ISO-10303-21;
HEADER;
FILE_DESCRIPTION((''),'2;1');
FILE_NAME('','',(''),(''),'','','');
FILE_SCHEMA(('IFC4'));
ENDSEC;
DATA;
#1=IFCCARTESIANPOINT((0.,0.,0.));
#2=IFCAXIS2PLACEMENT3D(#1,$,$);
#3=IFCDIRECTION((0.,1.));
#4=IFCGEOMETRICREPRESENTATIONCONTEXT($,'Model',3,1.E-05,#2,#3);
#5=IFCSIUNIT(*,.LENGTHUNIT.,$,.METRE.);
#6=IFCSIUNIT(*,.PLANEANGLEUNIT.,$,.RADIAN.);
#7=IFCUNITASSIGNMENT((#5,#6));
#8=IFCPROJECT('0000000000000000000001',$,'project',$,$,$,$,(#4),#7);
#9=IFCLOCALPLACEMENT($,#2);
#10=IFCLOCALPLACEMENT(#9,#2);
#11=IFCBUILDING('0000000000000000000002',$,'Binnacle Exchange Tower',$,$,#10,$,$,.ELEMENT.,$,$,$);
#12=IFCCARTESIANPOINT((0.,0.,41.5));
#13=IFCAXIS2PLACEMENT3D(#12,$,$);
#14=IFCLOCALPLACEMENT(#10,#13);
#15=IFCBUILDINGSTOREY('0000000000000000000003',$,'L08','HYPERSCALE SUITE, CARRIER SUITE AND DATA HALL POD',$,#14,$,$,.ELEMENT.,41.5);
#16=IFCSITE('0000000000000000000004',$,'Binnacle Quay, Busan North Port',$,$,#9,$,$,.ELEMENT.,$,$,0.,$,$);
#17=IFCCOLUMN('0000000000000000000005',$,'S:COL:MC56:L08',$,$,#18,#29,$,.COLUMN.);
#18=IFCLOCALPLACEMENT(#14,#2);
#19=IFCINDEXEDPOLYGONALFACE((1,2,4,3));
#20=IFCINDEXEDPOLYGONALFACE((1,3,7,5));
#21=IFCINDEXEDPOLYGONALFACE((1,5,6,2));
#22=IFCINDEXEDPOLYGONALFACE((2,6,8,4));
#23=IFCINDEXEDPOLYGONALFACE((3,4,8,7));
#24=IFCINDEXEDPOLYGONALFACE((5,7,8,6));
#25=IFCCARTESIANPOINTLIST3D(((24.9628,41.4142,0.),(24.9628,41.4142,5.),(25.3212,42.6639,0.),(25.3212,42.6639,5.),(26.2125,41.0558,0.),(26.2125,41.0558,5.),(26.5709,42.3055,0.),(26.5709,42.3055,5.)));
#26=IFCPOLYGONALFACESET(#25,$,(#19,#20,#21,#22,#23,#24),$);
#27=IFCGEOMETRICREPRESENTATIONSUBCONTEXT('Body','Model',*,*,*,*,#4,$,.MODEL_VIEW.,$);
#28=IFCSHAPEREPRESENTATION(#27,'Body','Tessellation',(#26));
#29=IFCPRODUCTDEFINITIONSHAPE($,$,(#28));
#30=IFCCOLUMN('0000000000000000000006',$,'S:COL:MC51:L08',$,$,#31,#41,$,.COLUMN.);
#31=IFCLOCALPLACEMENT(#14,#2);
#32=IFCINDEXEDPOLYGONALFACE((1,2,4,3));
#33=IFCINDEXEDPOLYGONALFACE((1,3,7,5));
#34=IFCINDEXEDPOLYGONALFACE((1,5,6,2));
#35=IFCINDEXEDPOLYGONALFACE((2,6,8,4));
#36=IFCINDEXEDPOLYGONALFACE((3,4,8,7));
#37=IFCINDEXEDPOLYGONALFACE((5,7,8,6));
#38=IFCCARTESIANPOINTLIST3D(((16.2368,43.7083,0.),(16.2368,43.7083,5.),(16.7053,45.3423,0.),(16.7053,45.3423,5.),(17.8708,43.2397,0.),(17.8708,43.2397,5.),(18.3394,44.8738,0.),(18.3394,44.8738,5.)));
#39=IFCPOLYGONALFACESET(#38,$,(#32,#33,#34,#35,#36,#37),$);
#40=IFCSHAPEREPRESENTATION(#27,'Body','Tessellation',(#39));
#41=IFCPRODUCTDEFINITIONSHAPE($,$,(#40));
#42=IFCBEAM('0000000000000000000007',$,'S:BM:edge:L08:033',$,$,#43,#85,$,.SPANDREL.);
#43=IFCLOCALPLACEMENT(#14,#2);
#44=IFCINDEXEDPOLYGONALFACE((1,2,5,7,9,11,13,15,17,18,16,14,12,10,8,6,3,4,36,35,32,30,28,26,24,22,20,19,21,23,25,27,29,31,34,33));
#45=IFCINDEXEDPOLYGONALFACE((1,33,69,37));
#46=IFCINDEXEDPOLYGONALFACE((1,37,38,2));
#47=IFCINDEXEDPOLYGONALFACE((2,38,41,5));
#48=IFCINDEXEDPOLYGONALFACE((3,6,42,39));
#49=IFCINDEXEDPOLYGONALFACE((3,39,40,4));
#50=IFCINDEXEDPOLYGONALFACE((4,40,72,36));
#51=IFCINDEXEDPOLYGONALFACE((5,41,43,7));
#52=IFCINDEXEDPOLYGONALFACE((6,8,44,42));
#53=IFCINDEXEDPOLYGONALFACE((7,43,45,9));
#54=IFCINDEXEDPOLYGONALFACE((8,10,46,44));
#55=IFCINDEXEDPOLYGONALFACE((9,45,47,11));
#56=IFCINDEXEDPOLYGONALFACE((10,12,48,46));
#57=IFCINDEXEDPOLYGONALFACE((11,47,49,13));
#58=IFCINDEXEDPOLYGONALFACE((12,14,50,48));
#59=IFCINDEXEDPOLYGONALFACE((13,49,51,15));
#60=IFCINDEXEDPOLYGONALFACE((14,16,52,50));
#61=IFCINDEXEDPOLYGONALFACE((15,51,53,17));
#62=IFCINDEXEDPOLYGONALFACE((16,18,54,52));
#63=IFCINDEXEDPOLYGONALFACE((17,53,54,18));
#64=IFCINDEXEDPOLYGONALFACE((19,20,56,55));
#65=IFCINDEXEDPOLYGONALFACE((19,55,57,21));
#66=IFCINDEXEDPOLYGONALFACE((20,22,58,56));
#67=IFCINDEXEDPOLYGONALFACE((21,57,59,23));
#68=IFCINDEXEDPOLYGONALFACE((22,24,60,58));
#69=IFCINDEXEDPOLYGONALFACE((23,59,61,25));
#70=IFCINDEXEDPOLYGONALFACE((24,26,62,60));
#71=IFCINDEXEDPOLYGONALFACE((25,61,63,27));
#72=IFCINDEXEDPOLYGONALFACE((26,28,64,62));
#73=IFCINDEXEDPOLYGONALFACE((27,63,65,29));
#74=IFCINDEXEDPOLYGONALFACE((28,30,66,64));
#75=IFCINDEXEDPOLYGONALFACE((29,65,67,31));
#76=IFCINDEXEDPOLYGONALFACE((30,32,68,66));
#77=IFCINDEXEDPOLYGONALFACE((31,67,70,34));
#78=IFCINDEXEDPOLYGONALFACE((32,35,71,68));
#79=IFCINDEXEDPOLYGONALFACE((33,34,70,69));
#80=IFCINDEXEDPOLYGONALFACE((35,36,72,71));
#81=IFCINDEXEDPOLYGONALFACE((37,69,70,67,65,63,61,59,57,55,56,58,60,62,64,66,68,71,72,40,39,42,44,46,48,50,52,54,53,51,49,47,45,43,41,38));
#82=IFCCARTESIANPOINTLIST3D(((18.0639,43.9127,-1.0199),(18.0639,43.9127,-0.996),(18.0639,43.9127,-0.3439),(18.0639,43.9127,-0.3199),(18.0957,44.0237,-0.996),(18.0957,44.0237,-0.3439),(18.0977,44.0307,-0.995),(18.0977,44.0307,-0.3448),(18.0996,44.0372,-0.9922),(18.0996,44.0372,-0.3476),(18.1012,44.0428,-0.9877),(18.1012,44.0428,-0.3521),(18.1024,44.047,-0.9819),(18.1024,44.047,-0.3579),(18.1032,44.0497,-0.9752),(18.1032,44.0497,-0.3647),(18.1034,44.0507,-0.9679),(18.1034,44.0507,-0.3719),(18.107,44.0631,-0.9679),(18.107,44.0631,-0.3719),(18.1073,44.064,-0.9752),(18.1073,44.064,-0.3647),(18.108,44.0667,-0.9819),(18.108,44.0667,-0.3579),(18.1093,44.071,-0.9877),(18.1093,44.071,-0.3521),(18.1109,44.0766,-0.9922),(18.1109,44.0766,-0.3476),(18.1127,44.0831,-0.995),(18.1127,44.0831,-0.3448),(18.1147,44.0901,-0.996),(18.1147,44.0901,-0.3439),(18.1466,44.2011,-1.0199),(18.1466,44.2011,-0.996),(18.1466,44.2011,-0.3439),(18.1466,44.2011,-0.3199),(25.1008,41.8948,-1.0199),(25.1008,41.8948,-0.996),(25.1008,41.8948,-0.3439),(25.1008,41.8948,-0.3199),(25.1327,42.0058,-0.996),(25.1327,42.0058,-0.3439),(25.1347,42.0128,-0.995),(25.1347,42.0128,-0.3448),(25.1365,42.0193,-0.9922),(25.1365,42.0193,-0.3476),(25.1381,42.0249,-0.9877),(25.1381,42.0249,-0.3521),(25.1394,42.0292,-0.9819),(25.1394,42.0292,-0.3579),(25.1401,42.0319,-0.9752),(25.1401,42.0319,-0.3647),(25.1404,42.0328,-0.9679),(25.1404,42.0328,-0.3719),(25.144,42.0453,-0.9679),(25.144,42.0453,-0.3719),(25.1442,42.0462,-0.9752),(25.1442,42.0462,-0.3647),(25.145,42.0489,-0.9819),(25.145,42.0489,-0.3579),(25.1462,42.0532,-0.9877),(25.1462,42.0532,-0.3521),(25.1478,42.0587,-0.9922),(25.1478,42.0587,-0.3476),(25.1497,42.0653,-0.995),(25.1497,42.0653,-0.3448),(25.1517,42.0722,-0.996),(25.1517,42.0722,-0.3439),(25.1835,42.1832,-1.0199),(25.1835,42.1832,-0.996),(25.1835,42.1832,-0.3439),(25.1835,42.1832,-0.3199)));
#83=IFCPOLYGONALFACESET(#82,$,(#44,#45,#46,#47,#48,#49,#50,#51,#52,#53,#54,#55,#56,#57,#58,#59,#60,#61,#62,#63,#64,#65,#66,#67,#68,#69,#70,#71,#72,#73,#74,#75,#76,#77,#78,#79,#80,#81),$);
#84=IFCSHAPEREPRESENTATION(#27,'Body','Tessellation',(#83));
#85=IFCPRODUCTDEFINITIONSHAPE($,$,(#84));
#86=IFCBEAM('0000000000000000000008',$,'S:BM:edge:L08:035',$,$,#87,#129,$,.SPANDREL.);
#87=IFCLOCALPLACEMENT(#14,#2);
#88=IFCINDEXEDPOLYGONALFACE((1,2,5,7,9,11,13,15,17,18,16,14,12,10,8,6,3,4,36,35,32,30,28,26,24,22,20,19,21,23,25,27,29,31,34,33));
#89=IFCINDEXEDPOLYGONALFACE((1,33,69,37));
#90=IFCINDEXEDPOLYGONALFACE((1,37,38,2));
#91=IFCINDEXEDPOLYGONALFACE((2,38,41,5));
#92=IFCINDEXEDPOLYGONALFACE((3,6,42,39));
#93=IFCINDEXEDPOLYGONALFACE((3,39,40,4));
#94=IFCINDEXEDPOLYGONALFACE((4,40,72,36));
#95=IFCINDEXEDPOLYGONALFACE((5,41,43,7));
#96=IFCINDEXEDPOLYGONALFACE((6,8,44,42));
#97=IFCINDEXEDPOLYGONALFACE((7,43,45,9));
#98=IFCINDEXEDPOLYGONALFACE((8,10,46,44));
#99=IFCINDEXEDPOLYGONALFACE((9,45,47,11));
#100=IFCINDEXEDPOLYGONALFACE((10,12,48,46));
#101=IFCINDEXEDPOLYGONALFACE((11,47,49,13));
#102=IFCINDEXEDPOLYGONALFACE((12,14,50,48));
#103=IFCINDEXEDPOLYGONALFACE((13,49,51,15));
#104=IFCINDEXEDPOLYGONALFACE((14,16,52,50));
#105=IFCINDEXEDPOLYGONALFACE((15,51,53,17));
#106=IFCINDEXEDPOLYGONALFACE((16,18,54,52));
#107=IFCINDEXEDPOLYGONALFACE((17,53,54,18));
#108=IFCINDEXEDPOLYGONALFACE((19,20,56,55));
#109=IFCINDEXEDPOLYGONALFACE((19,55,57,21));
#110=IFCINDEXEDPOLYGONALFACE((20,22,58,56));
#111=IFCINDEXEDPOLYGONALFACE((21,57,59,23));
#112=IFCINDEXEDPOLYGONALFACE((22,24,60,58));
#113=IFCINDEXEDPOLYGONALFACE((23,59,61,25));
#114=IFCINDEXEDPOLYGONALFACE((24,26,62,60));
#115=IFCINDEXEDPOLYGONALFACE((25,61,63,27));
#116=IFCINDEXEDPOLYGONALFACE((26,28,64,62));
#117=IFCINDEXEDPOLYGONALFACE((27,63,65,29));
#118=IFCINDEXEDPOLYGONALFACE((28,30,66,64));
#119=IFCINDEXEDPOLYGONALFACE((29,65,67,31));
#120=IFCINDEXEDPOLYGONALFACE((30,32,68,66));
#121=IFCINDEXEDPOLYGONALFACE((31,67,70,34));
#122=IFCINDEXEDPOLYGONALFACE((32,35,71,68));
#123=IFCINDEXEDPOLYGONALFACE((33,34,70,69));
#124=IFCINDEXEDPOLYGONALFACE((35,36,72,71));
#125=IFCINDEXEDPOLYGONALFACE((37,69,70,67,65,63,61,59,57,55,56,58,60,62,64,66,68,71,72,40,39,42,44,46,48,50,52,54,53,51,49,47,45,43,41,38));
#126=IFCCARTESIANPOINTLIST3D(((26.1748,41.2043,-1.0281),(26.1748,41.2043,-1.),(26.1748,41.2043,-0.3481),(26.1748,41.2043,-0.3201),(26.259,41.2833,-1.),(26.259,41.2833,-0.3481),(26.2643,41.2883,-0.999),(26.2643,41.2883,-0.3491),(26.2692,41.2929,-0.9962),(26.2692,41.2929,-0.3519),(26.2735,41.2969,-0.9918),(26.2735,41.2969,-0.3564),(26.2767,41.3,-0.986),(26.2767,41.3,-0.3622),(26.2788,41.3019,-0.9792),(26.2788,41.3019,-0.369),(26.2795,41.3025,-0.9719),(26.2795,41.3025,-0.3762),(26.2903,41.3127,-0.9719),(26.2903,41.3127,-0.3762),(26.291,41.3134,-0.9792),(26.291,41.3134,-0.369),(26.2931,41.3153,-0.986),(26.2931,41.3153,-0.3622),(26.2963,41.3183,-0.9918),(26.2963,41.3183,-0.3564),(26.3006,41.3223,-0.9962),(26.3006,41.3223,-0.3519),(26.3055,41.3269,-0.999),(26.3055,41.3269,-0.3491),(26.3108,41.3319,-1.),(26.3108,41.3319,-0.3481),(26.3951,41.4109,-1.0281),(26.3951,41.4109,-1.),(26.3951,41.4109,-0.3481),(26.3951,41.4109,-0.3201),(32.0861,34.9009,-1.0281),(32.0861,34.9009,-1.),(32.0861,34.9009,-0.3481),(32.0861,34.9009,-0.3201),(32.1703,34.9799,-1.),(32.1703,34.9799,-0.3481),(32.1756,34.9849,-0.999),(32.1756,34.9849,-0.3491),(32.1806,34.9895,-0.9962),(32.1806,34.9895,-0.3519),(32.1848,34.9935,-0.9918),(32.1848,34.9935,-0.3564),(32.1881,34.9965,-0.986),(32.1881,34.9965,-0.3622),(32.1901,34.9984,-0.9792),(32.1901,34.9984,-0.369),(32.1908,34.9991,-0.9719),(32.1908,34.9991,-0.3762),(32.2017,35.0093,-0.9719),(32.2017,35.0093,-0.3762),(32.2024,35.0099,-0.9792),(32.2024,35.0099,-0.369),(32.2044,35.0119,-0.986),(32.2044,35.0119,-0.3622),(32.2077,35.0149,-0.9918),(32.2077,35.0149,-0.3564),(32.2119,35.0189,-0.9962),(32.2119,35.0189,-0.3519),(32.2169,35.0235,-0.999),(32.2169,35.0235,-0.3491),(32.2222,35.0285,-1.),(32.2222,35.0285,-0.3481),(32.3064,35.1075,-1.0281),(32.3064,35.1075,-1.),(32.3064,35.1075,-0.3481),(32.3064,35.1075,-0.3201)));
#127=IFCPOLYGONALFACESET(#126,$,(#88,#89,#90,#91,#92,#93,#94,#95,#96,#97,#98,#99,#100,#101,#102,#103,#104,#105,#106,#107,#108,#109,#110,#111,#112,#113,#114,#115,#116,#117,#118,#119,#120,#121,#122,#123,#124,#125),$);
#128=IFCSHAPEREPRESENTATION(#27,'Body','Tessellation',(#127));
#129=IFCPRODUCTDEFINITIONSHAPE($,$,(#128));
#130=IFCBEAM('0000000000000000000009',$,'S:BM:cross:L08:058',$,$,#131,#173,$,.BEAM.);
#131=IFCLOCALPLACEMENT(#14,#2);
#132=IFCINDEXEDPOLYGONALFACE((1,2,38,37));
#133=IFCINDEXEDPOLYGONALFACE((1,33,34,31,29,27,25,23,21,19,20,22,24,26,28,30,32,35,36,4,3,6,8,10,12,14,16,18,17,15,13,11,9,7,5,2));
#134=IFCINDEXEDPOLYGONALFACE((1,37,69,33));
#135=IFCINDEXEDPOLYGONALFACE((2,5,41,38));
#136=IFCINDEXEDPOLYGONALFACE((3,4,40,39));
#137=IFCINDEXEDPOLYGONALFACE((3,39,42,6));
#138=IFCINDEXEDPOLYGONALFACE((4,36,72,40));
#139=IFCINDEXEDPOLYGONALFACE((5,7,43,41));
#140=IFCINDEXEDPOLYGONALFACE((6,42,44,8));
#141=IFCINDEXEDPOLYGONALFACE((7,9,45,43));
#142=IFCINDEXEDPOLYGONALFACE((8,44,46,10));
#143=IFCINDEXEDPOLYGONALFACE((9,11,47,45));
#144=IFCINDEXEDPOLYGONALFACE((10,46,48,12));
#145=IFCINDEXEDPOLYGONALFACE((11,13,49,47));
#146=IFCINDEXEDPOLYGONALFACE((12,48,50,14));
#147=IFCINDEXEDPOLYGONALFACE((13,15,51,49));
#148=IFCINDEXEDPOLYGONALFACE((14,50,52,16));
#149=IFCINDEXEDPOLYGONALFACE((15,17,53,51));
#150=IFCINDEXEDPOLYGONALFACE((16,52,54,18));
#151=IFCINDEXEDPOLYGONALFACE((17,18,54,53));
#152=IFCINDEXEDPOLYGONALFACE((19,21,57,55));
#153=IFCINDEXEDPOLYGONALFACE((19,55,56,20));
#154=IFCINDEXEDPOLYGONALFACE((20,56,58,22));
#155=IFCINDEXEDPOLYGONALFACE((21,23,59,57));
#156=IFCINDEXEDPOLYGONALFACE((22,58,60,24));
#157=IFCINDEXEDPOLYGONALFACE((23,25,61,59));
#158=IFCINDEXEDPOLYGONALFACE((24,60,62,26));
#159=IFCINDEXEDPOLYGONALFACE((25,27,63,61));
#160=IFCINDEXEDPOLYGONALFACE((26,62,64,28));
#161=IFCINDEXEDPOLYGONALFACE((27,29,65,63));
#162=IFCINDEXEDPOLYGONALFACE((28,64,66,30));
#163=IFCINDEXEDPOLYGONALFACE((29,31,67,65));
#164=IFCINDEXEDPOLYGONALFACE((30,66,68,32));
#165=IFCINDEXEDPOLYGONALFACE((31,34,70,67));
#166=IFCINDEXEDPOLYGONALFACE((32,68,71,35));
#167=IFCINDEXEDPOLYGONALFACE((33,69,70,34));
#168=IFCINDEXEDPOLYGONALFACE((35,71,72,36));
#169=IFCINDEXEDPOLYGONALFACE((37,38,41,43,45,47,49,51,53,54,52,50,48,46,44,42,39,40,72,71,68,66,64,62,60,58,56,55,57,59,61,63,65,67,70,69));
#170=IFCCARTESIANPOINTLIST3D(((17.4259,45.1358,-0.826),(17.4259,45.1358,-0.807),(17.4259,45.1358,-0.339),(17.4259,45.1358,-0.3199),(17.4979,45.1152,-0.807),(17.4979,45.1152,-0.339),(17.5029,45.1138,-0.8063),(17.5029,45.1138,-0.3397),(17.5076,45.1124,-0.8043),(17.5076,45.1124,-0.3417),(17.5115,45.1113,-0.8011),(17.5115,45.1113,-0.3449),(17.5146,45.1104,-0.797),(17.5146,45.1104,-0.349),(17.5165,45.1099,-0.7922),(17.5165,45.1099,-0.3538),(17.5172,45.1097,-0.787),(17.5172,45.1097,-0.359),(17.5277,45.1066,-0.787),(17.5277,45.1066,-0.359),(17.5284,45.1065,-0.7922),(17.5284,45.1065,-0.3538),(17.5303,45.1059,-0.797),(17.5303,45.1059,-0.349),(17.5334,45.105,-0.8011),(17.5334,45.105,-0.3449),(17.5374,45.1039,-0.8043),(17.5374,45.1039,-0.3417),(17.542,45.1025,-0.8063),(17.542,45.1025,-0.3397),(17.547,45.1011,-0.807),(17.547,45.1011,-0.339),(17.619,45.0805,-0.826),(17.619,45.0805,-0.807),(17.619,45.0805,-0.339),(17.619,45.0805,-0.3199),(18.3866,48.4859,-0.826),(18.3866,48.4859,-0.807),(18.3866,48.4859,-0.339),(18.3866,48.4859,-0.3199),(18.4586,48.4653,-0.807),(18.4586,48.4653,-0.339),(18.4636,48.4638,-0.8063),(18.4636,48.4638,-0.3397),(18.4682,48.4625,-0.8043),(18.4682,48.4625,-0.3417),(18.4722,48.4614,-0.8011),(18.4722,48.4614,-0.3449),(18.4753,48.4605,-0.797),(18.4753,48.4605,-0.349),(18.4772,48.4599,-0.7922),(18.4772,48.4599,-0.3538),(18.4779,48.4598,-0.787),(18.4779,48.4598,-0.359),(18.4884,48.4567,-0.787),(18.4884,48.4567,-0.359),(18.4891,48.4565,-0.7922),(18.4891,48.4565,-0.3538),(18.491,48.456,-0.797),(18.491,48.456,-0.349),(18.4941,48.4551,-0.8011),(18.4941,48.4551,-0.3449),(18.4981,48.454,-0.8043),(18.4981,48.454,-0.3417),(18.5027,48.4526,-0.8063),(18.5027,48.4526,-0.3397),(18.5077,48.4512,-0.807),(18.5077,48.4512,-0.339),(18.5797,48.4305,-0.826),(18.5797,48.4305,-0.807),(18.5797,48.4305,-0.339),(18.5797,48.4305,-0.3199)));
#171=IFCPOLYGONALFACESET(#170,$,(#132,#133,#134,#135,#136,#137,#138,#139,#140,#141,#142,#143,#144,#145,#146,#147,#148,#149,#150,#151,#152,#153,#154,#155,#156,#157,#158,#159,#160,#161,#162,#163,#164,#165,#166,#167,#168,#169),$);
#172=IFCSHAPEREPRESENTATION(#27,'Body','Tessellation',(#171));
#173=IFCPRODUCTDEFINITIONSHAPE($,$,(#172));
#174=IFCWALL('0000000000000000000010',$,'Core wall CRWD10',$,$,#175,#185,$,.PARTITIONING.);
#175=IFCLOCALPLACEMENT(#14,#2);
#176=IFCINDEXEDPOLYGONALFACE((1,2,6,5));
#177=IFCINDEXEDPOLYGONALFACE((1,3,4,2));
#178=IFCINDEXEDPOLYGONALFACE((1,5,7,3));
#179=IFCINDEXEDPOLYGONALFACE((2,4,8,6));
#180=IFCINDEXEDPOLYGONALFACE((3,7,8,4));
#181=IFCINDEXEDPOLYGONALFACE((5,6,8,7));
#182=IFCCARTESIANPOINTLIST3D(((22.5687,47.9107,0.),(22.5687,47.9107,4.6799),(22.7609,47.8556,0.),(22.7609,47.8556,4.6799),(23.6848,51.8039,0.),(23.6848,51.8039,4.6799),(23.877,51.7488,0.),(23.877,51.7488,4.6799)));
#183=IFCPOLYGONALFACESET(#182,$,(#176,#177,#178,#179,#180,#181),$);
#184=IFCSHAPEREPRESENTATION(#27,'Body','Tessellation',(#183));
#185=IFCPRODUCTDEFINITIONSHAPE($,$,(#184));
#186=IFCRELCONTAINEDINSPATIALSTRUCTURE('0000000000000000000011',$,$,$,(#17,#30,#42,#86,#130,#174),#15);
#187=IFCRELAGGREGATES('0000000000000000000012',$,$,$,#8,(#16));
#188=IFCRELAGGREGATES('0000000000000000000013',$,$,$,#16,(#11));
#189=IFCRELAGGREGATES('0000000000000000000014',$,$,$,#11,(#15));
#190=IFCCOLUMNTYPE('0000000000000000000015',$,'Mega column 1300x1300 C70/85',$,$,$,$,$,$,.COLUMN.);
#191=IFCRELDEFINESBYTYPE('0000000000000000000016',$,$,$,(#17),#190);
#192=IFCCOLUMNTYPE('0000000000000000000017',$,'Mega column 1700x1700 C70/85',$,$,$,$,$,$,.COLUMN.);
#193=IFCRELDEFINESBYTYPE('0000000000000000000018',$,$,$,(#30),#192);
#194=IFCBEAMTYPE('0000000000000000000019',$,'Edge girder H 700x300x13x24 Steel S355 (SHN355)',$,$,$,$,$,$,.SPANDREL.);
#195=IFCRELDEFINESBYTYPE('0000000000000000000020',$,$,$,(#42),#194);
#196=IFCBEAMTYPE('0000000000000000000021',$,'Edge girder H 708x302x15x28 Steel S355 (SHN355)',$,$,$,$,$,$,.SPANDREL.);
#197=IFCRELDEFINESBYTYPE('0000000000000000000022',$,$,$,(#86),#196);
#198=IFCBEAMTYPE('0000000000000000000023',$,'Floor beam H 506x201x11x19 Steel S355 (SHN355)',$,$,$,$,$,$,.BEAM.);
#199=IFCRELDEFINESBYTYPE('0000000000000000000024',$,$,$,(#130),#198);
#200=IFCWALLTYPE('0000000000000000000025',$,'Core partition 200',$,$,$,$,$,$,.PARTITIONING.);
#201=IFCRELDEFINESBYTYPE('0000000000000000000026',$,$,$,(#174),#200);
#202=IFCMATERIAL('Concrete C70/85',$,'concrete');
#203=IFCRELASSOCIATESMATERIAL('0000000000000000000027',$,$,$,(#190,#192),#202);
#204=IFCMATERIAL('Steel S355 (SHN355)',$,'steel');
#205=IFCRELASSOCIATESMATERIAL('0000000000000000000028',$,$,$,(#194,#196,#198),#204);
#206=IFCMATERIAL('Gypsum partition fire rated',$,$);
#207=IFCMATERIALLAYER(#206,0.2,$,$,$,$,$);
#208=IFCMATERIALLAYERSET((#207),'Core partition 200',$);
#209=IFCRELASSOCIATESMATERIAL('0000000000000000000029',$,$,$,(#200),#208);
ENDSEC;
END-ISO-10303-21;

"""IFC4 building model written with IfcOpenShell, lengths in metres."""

from ifc_helpers import new_model, si_unit, direction, frame, frame_2d, origin, origin_2d, place, context, subcontext, project, spatial, rectangle, i_section, extrude, material, layer, layer_set, material_profile, profile_set, type_object, element, save


model = new_model("IFC4")

# Units and contexts
model_context = context("Model", 3, precision=1e-05, world=origin(), true_north=direction((0.0, 1.0)))
body_context = subcontext(model_context, "Body", "Model", "MODEL_VIEW")
ifc_project = project(units=[si_unit("LENGTHUNIT", "METRE"), si_unit("PLANEANGLEUNIT", "RADIAN")], contexts=[model_context])

# Site, building, storey
site_placement = place(None, origin())
site = spatial("IfcSite", under=ifc_project, at=site_placement, Name="Binnacle Quay, Busan North Port", CompositionType="ELEMENT", RefElevation=0.0)
building_placement = place(site_placement, origin())
building = spatial("IfcBuilding", under=site, at=building_placement, Name="Binnacle Exchange Tower", CompositionType="ELEMENT")
storey_placement = place(building_placement, frame((0.0, 0.0, 41.5)))
storey = spatial("IfcBuildingStorey", under=building, at=storey_placement, Name="L08", Description="HYPERSCALE SUITE, CARRIER SUITE AND DATA HALL POD", CompositionType="ELEMENT", Elevation=41.5)

# Columns
ifc_material_1 = material(Name="Concrete C70/85", Category="concrete")
ifc_material_profile_1 = material_profile(ifc_material_1, rectangle(XDim=1.3, YDim=1.3, at=origin_2d()), Name="Mega column 1300x1300 C70/85")
ifc_profile_set_1 = profile_set([ifc_material_profile_1], Name="Concrete C70/85")
column_type_1 = type_object("IfcColumnType", Name="Mega column 1300x1300 C70/85", PredefinedType="COLUMN", material=ifc_profile_set_1)
column_1_placement = place(storey_placement, frame((25.7668, 41.8599, 0.0), z_axis=(0.0, 0.0, 1.0), x_axis=(0.961262, -0.275637, 0.0)))
element("IfcColumn", 1, at=column_1_placement, inside=storey, type_object=column_type_1, Name="S:COL:MC56:L08", PredefinedType="COLUMN", context=body_context, shape_type="SweptSolid", body=[
    extrude(rectangle(XDim=1.3, YDim=1.3, at=origin_2d()), origin(), (0.0, 0.0, 1.0), 5.0),
])
ifc_material_profile_2 = material_profile(ifc_material_1, rectangle(XDim=1.7, YDim=1.7, at=origin_2d()), Name="Mega column 1700x1700 C70/85")
ifc_profile_set_2 = profile_set([ifc_material_profile_2], Name="Concrete C70/85")
column_type_2 = type_object("IfcColumnType", Name="Mega column 1700x1700 C70/85", PredefinedType="COLUMN", material=ifc_profile_set_2)
column_2_placement = place(storey_placement, frame((17.2881, 44.291, 0.0), z_axis=(0.0, 0.0, 1.0), x_axis=(0.961262, -0.275637, 0.0)))
element("IfcColumn", 2, at=column_2_placement, inside=storey, type_object=column_type_2, Name="S:COL:MC51:L08", PredefinedType="COLUMN", context=body_context, shape_type="SweptSolid", body=[
    extrude(rectangle(XDim=1.7, YDim=1.7, at=origin_2d()), origin(), (0.0, 0.0, 1.0), 5.0),
])

# Beams
ifc_material_2 = material(Name="Steel S355 (SHN355)", Category="steel")
ifc_material_profile_3 = material_profile(ifc_material_2, i_section(OverallWidth=0.3, OverallDepth=0.7, WebThickness=0.0129, FlangeThickness=0.0239, FilletRadius=0.0281, at=origin_2d()), Name="H 700x300x13x24")
ifc_profile_set_3 = profile_set([ifc_material_profile_3], Name="Steel S355 (SHN355)")
beam_type_1 = type_object("IfcBeamType", Name="Edge girder H 700x300x13x24 Steel S355 (SHN355)", PredefinedType="SPANDREL", material=ifc_profile_set_3)
beam_1_placement = place(storey_placement, frame((18.1052, 44.0569, -0.6699), z_axis=(0.96126, -0.275642, 0.0), x_axis=(0.275642, 0.96126, 0.0)))
element("IfcBeam", 3, at=beam_1_placement, inside=storey, type_object=beam_type_1, Name="S:BM:edge:L08:033", PredefinedType="SPANDREL", context=body_context, shape_type="SweptSolid", body=[
    extrude(i_section(OverallWidth=0.3, OverallDepth=0.7, WebThickness=0.0129, FlangeThickness=0.0239, FilletRadius=0.0281, at=origin_2d()), origin(), (0.0, 0.0, 1.0), 7.3206),
])
ifc_material_profile_4 = material_profile(ifc_material_2, i_section(OverallWidth=0.302, OverallDepth=0.708, WebThickness=0.0149, FlangeThickness=0.0281, FilletRadius=0.0281, at=origin_2d()), Name="H 708x302x15x28")
ifc_profile_set_4 = profile_set([ifc_material_profile_4], Name="Steel S355 (SHN355)")
beam_type_2 = type_object("IfcBeamType", Name="Edge girder H 708x302x15x28 Steel S355 (SHN355)", PredefinedType="SPANDREL", material=ifc_profile_set_4)
beam_2_placement = place(storey_placement, frame((26.2849, 41.3076, -0.6741), z_axis=(0.684057, -0.729429, 0.0), x_axis=(0.729429, 0.684057, 0.0)))
element("IfcBeam", 4, at=beam_2_placement, inside=storey, type_object=beam_type_2, Name="S:BM:edge:L08:035", PredefinedType="SPANDREL", context=body_context, shape_type="SweptSolid", body=[
    extrude(i_section(OverallWidth=0.302, OverallDepth=0.708, WebThickness=0.0149, FlangeThickness=0.0281, FilletRadius=0.0281, at=origin_2d()), origin(), (0.0, 0.0, 1.0), 8.6416),
])
ifc_material_profile_5 = material_profile(ifc_material_2, i_section(OverallWidth=0.2009, OverallDepth=0.5061, WebThickness=0.011, FlangeThickness=0.019, FilletRadius=0.02, at=origin_2d()), Name="H 506x201x11x19")
ifc_profile_set_5 = profile_set([ifc_material_profile_5], Name="Steel S355 (SHN355)")
beam_type_3 = type_object("IfcBeamType", Name="Floor beam H 506x201x11x19 Steel S355 (SHN355)", PredefinedType="BEAM", material=ifc_profile_set_5)
beam_3_placement = place(storey_placement, frame((17.5225, 45.1082, -0.573), z_axis=(0.275655, 0.961257, 0.0), x_axis=(-0.961257, 0.275655, 0.0)))
element("IfcBeam", 5, at=beam_3_placement, inside=storey, type_object=beam_type_3, Name="S:BM:cross:L08:058", PredefinedType="BEAM", context=body_context, shape_type="SweptSolid", body=[
    extrude(i_section(OverallWidth=0.2009, OverallDepth=0.5061, WebThickness=0.011, FlangeThickness=0.019, FilletRadius=0.02, at=origin_2d()), origin(), (0.0, 0.0, 1.0), 3.4851),
])

# Wall
ifc_material_3 = material(Name="Gypsum partition fire rated")
ifc_layer_1 = layer(ifc_material_3, 0.2)
ifc_layer_set_1 = layer_set([ifc_layer_1], Name="Core partition 200")
wall_type_1 = type_object("IfcWallType", Name="Core partition 200", PredefinedType="PARTITIONING", material=ifc_layer_set_1)
wall_1_placement = place(storey_placement, frame((22.6648, 47.8833, 0.0), z_axis=(0.0, 0.0, 1.0), x_axis=(0.275597, 0.961273, 0.0)))
element("IfcWall", 6, at=wall_1_placement, inside=storey, type_object=wall_type_1, Name="Core wall CRWD10", PredefinedType="PARTITIONING", context=body_context, shape_type="SweptSolid", body=[
    extrude(rectangle(XDim=4.05, YDim=0.2, at=frame_2d((2.0249, 0.0))), origin(), (0.0, 0.0, 1.0), 4.6799),
])

save(model, "model.ifc")
